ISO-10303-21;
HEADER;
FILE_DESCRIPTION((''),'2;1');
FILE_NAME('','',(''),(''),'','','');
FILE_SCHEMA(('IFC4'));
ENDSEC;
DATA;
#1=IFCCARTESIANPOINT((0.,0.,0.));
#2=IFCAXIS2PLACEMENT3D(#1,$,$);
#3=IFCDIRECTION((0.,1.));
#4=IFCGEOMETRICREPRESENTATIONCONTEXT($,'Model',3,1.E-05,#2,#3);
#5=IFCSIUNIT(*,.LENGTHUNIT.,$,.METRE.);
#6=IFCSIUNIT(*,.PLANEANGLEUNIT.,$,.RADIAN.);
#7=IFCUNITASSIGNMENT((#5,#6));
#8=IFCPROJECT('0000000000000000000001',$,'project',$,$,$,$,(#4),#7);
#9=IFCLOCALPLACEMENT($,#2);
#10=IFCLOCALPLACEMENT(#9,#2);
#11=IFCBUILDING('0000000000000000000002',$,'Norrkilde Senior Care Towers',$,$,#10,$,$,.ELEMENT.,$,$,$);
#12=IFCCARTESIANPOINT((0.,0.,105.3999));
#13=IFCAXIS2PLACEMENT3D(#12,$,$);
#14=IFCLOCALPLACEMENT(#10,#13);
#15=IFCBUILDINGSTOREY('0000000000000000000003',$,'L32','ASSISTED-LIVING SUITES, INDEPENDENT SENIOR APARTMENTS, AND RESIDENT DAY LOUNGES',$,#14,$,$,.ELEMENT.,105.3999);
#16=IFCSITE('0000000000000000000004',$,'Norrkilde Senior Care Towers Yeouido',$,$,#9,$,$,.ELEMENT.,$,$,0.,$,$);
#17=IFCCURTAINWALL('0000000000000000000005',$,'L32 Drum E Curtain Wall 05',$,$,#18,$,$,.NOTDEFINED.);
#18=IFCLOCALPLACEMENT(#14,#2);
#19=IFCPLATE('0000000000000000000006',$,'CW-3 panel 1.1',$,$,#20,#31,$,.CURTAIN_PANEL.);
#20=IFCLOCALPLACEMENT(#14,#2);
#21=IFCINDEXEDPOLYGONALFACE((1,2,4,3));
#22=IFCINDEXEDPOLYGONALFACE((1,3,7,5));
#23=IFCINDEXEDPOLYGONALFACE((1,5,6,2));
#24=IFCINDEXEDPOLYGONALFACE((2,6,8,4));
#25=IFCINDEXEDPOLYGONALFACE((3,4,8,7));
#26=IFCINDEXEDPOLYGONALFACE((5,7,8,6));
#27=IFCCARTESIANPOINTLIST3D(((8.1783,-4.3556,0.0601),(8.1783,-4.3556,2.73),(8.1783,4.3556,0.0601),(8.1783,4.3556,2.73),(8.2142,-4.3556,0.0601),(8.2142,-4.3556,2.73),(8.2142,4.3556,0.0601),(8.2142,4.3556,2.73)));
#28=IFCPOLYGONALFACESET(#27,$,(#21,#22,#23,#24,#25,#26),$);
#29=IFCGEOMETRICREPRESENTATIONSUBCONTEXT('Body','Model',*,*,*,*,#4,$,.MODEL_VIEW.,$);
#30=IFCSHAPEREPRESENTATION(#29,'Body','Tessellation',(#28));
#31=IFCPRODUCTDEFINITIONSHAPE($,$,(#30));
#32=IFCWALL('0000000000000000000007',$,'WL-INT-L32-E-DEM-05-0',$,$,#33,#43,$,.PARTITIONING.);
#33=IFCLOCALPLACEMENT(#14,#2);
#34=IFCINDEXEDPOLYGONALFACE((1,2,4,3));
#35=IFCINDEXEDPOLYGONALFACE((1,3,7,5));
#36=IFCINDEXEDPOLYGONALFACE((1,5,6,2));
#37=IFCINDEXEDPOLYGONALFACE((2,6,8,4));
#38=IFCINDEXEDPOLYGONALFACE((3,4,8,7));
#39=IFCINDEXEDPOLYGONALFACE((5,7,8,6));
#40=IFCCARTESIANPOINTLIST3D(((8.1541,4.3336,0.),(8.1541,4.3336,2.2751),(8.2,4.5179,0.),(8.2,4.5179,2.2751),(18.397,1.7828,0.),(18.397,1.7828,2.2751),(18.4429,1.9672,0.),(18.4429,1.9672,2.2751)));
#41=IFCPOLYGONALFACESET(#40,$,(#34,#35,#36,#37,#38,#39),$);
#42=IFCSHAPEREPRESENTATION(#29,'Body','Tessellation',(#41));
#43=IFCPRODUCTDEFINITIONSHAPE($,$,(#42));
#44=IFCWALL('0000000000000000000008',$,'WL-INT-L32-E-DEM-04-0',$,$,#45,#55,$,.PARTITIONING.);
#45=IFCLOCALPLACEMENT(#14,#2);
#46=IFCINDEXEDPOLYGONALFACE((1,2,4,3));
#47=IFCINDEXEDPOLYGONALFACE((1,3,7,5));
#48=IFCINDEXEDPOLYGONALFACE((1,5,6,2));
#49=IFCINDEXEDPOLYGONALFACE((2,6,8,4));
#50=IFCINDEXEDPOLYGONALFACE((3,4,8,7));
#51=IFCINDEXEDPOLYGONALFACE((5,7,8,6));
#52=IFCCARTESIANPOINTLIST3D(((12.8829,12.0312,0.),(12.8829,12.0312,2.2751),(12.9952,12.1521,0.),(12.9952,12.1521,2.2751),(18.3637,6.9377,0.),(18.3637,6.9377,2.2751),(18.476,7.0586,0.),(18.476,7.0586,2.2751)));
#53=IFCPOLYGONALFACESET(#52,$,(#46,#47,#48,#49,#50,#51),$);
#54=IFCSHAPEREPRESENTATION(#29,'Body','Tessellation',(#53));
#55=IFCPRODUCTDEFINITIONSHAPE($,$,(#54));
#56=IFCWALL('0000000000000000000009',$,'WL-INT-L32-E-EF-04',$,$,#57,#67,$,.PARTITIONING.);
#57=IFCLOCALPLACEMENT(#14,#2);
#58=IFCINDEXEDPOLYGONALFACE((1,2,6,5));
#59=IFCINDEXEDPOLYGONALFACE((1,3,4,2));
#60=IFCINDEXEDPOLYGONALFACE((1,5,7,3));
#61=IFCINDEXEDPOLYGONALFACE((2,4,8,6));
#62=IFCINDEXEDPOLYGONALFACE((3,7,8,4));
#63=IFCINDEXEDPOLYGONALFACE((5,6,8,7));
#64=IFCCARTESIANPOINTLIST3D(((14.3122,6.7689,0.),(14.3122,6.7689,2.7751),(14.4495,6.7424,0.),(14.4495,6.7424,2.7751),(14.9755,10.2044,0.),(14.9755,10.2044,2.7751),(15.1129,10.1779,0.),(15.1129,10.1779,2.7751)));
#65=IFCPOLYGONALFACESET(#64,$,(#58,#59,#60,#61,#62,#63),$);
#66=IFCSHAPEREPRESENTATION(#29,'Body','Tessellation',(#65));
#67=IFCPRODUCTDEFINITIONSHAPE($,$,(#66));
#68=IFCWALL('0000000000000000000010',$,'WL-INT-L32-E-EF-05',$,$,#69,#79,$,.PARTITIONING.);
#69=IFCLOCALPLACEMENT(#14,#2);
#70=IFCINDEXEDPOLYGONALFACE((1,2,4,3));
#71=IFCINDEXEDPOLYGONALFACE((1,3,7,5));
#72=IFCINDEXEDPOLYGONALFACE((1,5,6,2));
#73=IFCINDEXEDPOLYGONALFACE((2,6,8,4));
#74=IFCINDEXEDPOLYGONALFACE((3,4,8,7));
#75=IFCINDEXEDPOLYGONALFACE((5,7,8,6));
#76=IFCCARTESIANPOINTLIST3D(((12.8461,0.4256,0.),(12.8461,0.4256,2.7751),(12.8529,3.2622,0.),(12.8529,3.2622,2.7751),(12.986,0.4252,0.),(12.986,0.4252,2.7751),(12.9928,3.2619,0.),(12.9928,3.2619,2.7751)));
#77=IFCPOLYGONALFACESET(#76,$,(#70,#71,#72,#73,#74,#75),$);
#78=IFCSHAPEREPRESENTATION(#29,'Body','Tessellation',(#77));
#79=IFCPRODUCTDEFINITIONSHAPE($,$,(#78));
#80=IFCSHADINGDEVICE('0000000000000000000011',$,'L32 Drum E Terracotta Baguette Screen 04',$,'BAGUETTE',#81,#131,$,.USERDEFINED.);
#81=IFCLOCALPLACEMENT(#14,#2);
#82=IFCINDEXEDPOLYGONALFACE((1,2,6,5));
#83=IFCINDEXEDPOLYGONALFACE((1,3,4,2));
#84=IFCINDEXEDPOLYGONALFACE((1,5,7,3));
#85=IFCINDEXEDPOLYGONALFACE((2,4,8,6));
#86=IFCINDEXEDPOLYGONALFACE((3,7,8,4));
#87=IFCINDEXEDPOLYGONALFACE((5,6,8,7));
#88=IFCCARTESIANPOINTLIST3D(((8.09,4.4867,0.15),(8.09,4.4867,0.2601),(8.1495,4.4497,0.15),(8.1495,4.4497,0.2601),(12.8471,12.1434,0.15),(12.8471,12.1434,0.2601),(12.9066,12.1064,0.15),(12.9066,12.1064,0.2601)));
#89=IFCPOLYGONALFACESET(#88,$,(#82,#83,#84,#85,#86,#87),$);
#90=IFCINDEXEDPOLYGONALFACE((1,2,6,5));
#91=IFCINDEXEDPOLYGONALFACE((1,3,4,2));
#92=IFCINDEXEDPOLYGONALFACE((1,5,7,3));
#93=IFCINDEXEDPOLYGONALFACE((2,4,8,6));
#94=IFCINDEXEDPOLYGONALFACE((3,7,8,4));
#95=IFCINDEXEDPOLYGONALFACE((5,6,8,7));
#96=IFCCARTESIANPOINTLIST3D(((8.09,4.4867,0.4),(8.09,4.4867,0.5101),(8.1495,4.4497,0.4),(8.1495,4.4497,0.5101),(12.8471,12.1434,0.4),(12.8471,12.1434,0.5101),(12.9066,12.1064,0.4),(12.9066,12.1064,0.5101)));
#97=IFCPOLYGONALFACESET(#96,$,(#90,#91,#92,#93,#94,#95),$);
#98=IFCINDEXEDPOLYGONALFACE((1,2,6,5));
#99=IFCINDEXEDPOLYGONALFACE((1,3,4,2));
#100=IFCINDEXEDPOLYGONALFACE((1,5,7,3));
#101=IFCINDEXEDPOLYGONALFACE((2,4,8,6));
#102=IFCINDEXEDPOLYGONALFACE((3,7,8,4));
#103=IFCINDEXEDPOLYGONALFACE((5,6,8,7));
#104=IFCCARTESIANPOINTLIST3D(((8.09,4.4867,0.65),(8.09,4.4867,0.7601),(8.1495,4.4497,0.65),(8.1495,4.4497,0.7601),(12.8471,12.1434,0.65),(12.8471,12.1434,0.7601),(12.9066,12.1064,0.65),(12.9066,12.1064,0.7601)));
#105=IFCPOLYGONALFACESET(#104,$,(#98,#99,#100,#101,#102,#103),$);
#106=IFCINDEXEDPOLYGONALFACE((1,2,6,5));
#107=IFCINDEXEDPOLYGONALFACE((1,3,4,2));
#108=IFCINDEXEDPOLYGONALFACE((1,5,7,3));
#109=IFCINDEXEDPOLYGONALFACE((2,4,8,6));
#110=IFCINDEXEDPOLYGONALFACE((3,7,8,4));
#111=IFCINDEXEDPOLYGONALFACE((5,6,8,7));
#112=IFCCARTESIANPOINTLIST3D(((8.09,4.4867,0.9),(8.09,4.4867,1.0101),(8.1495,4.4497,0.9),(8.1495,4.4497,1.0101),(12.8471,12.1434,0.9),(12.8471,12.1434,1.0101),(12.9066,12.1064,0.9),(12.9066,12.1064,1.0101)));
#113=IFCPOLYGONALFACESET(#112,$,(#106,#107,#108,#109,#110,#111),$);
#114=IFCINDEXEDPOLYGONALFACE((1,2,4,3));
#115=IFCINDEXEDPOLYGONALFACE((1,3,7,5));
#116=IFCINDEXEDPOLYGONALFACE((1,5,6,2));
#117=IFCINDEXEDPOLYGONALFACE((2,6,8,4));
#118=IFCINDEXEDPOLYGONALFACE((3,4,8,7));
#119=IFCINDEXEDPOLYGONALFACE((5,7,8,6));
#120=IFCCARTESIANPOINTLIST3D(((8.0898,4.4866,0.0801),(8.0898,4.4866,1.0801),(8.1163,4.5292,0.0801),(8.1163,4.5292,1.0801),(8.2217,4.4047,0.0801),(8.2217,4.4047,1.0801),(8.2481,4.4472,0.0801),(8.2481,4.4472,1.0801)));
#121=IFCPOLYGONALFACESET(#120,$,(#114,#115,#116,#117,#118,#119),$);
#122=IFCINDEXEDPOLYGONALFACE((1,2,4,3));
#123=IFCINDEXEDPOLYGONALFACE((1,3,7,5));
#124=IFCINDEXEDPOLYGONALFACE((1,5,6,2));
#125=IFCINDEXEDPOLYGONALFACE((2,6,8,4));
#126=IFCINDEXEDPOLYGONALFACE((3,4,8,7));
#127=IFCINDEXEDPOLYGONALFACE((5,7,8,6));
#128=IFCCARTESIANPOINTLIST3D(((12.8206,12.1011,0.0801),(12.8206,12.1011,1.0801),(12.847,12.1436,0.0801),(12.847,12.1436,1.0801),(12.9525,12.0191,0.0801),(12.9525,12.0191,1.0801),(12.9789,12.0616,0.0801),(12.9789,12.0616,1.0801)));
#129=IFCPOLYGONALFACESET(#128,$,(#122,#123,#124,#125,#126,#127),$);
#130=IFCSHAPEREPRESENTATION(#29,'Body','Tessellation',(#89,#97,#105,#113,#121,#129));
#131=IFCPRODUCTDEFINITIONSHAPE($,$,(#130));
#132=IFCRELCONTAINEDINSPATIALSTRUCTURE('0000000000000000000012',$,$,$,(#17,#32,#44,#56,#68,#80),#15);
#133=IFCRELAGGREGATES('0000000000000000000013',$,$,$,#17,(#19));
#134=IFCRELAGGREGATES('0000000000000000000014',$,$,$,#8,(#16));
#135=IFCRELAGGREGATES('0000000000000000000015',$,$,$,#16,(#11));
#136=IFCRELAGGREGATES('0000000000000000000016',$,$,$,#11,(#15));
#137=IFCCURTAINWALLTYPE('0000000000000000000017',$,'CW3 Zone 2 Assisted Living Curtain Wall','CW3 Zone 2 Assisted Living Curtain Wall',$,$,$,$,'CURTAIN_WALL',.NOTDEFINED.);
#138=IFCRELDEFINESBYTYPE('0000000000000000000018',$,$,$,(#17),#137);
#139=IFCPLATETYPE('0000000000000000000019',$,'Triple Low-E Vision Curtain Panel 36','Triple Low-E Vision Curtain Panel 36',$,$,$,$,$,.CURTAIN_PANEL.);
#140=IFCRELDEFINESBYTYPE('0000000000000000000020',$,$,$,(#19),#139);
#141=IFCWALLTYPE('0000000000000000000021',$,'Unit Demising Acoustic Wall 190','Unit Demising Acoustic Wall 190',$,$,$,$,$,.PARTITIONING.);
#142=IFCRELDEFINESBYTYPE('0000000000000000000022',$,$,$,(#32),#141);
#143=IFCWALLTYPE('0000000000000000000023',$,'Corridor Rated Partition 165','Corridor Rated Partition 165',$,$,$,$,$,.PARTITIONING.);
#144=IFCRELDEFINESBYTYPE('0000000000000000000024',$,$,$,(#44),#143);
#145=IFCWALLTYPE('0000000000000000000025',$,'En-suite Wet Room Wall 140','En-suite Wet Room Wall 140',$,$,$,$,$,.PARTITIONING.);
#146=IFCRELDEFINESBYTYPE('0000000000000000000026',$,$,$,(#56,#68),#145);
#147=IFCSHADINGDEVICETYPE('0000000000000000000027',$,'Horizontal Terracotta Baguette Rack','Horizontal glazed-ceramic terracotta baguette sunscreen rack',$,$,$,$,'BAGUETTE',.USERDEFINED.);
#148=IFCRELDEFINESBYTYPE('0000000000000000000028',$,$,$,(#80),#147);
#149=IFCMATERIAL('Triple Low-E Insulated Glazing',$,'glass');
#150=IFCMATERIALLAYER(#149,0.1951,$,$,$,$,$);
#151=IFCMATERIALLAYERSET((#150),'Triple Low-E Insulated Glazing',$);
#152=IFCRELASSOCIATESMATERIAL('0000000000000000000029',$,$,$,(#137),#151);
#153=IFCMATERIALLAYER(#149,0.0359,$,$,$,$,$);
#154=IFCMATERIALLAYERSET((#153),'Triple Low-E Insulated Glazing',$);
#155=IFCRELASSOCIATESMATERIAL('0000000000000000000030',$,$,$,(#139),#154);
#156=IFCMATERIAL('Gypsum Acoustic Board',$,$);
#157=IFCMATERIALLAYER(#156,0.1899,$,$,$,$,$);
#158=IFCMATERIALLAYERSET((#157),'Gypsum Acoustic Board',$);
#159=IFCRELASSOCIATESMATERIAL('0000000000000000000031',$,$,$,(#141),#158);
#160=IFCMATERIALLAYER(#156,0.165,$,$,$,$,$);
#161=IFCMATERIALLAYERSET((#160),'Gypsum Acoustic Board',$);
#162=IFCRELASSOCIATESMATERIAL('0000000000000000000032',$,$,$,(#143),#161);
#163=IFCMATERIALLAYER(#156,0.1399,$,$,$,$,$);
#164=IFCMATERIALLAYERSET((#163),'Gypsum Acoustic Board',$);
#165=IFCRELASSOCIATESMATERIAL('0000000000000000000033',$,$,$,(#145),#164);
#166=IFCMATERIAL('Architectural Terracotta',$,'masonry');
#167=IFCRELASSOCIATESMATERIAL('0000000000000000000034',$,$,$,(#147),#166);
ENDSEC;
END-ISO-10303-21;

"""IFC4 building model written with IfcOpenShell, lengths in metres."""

from ifc_helpers import new_model, si_unit, direction, frame, frame_2d, origin, origin_2d, place, context, subcontext, project, spatial, rectangle, extrude, source, transform, mapped, material, layer, layer_set, type_object, type_shapes, element, aggregate, save


model = new_model("IFC4")

# Units and contexts
model_context = context("Model", 3, precision=1e-05, world=origin(), true_north=direction((0.0, 1.0)))
body_context = subcontext(model_context, "Body", "Model", "MODEL_VIEW")
ifc_project = project(units=[si_unit("LENGTHUNIT", "METRE"), si_unit("PLANEANGLEUNIT", "RADIAN")], contexts=[model_context])

# Site, building, storey
site_placement = place(None, origin())
site = spatial("IfcSite", under=ifc_project, at=site_placement, Name="Norrkilde Senior Care Towers Yeouido", CompositionType="ELEMENT", RefElevation=0.0)
building_placement = place(site_placement, origin())
building = spatial("IfcBuilding", under=site, at=building_placement, Name="Norrkilde Senior Care Towers", CompositionType="ELEMENT")
storey_placement = place(building_placement, frame((0.0, 0.0, 105.3999)))
storey = spatial("IfcBuildingStorey", under=building, at=storey_placement, Name="L32", Description="ASSISTED-LIVING SUITES, INDEPENDENT SENIOR APARTMENTS, AND RESIDENT DAY LOUNGES", CompositionType="ELEMENT", Elevation=105.3999)

# Shared definitions
ifc_material_1 = material(Name="Triple Low-E Insulated Glazing", Category="glass")
ifc_layer_1 = layer(ifc_material_1, 0.1951)
ifc_layer_set_1 = layer_set([ifc_layer_1], Name="Triple Low-E Insulated Glazing")
curtain_wall_type = type_object("IfcCurtainWallType", Name="CW3 Zone 2 Assisted Living Curtain Wall", Description="CW3 Zone 2 Assisted Living Curtain Wall", ElementType="CURTAIN_WALL", PredefinedType="NOTDEFINED", material=ifc_layer_set_1)

# Curtain wall
curtain_wall_1_placement = place(storey_placement, origin())
curtain_wall_1 = element("IfcCurtainWall", 1, at=curtain_wall_1_placement, inside=storey, type_object=curtain_wall_type, Name="L32 Drum E Curtain Wall 05", PredefinedType="NOTDEFINED")

# Plate
ifc_layer_2 = layer(ifc_material_1, 0.0359)
ifc_layer_set_2 = layer_set([ifc_layer_2], Name="Triple Low-E Insulated Glazing")
plate_type = type_object("IfcPlateType", Name="Triple Low-E Vision Curtain Panel 36", Description="Triple Low-E Vision Curtain Panel 36", PredefinedType="CURTAIN_PANEL", material=ifc_layer_set_2)
shared_shape_1 = source(origin(), body_context, "Body", "SweptSolid", [
    extrude(rectangle(XDim=8.7112, YDim=0.0359, at=origin_2d()), origin(), (0.0, 0.0, 1.0), 2.6699),
])
plate_1_placement = place(storey_placement, frame((8.1963, 0.0, 0.0601), z_axis=(0.0, 0.0, 1.0), x_axis=(0.0, 1.0, 0.0)))
plate_1 = element("IfcPlate", 2, at=plate_1_placement, type_object=plate_type, Name="CW-3 panel 1.1", PredefinedType="CURTAIN_PANEL", context=body_context, shape_type="MappedRepresentation", body=[
    mapped(shared_shape_1, transform((0.0, 0.0, 0.0), x_axis=(1.0, 0.0, 0.0), y_axis=(0.0, 1.0, 0.0), z_axis=(0.0, 0.0, 1.0), scale=1.0)),
])
aggregate(curtain_wall_1, [plate_1])

# Walls
ifc_material_2 = material(Name="Gypsum Acoustic Board")
ifc_layer_3 = layer(ifc_material_2, 0.1899)
ifc_layer_set_3 = layer_set([ifc_layer_3], Name="Gypsum Acoustic Board")
wall_type_1 = type_object("IfcWallType", Name="Unit Demising Acoustic Wall 190", Description="Unit Demising Acoustic Wall 190", PredefinedType="PARTITIONING", material=ifc_layer_set_3)
shared_shape_2 = source(origin(), body_context, "Body", "SweptSolid", [
    extrude(rectangle(XDim=10.5557, YDim=0.1899, at=frame_2d((5.2778, 0.0))), origin(), (0.0, 0.0, 1.0), 2.2751),
])
type_shapes(wall_type_1, [shared_shape_2])
wall_1_placement = place(storey_placement, frame((18.4199, 1.875, 0.0), z_axis=(0.0, 0.0, 1.0), x_axis=(-0.970364, 0.241648, 0.0)))
element("IfcWall", 3, at=wall_1_placement, inside=storey, type_object=wall_type_1, Name="WL-INT-L32-E-DEM-05-0", PredefinedType="PARTITIONING", context=body_context, shape_type="MappedRepresentation", body=[
    mapped(shared_shape_2, transform((0.0, 0.0, 0.0), x_axis=(1.0, 0.0, 0.0), y_axis=(0.0, 1.0, 0.0), z_axis=(0.0, 0.0, 1.0), scale=1.0)),
])
ifc_layer_4 = layer(ifc_material_2, 0.165)
ifc_layer_set_4 = layer_set([ifc_layer_4], Name="Gypsum Acoustic Board")
wall_type_2 = type_object("IfcWallType", Name="Corridor Rated Partition 165", Description="Corridor Rated Partition 165", PredefinedType="PARTITIONING", material=ifc_layer_set_4)
shared_shape_3 = source(origin(), body_context, "Body", "SweptSolid", [
    extrude(rectangle(XDim=7.4822, YDim=0.165, at=frame_2d((3.7412, 0.0))), origin(), (0.0, 0.0, 1.0), 2.2751),
])
type_shapes(wall_type_2, [shared_shape_3])
wall_2_placement = place(storey_placement, frame((18.4199, 6.998, 0.0), z_axis=(0.0, 0.0, 1.0), x_axis=(-0.732509, 0.680758, 0.0)))
element("IfcWall", 4, at=wall_2_placement, inside=storey, type_object=wall_type_2, Name="WL-INT-L32-E-DEM-04-0", PredefinedType="PARTITIONING", context=body_context, shape_type="MappedRepresentation", body=[
    mapped(shared_shape_3, transform((0.0, 0.0, 0.0), x_axis=(1.0, 0.0, 0.0), y_axis=(0.0, 1.0, 0.0), z_axis=(0.0, 0.0, 1.0), scale=1.0)),
])
ifc_layer_5 = layer(ifc_material_2, 0.1399)
ifc_layer_set_5 = layer_set([ifc_layer_5], Name="Gypsum Acoustic Board")
wall_type_3 = type_object("IfcWallType", Name="En-suite Wet Room Wall 140", Description="En-suite Wet Room Wall 140", PredefinedType="PARTITIONING", material=ifc_layer_set_5)
shared_shape_4 = source(origin(), body_context, "Body", "SweptSolid", [
    extrude(rectangle(XDim=3.499, YDim=0.1399, at=frame_2d((1.7495, 0.0))), origin(), (0.0, 0.0, 1.0), 2.7751),
])
wall_3_placement = place(storey_placement, frame((14.3809, 6.7556, 0.0), z_axis=(0.0, 0.0, 1.0), x_axis=(0.189577, 0.981866, 0.0)))
element("IfcWall", 5, at=wall_3_placement, inside=storey, type_object=wall_type_3, Name="WL-INT-L32-E-EF-04", PredefinedType="PARTITIONING", context=body_context, shape_type="MappedRepresentation", body=[
    mapped(shared_shape_4, transform((0.0, 0.0, 0.0), x_axis=(1.0, 0.0, 0.0), y_axis=(0.0, 1.0, 0.0), z_axis=(0.0, 0.0, 1.0), scale=1.0)),
])
shared_shape_5 = source(origin(), body_context, "Body", "SweptSolid", [
    extrude(rectangle(XDim=2.8367, YDim=0.1399, at=frame_2d((1.4185, 0.0))), origin(), (0.0, 0.0, 1.0), 2.7751),
])
type_shapes(wall_type_3, [shared_shape_4, shared_shape_5])
wall_4_placement = place(storey_placement, frame((12.916, 0.4253, 0.0), z_axis=(0.0, 0.0, 1.0), x_axis=(0.00241, 0.999997, 0.0)))
element("IfcWall", 6, at=wall_4_placement, inside=storey, type_object=wall_type_3, Name="WL-INT-L32-E-EF-05", PredefinedType="PARTITIONING", context=body_context, shape_type="MappedRepresentation", body=[
    mapped(shared_shape_5, transform((0.0, 0.0, 0.0), x_axis=(1.0, 0.0, 0.0), y_axis=(0.0, 1.0, 0.0), z_axis=(0.0, 0.0, 1.0), scale=1.0)),
])

# Shading device
ifc_material_3 = material(Name="Architectural Terracotta", Category="masonry")
shading_device_type = type_object("IfcShadingDeviceType", Name="Horizontal Terracotta Baguette Rack", Description="Horizontal glazed-ceramic terracotta baguette sunscreen rack", ElementType="BAGUETTE", PredefinedType="USERDEFINED", material=ifc_material_3)
shared_shape_6 = source(origin(), body_context, "Body", "SweptSolid", [
    extrude(rectangle(XDim=0.0701, YDim=0.1101, at=origin_2d()), frame((0.0, 0.0901, 0.125), z_axis=(1.0, 0.0, 0.0), x_axis=(0.0, 1.0, 0.0)), (0.0, 0.0, 1.0), 9.0142),
    extrude(rectangle(XDim=0.0701, YDim=0.1101, at=origin_2d()), frame((0.0, 0.0901, 0.375), z_axis=(1.0, 0.0, 0.0), x_axis=(0.0, 1.0, 0.0)), (0.0, 0.0, 1.0), 9.0142),
    extrude(rectangle(XDim=0.0701, YDim=0.1101, at=origin_2d()), frame((0.0, 0.0901, 0.625), z_axis=(1.0, 0.0, 0.0), x_axis=(0.0, 1.0, 0.0)), (0.0, 0.0, 1.0), 9.0142),
    extrude(rectangle(XDim=0.0701, YDim=0.1101, at=origin_2d()), frame((0.0, 0.0901, 0.875), z_axis=(1.0, 0.0, 0.0), x_axis=(0.0, 1.0, 0.0)), (0.0, 0.0, 1.0), 9.0142),
    extrude(rectangle(XDim=0.05, YDim=0.1553, at=origin_2d()), frame((0.0249, 0.0476, 0.0)), (0.0, 0.0, 1.0), 1.0),
    extrude(rectangle(XDim=0.05, YDim=0.1553, at=origin_2d()), frame((8.9893, 0.0476, 0.0)), (0.0, 0.0, 1.0), 1.0),
])
type_shapes(shading_device_type, [shared_shape_6])
shading_device_placement = place(storey_placement, frame((8.1963, 4.4207, 0.0801), z_axis=(0.0, 0.0, 1.0), x_axis=(0.527734, 0.849412, 0.0)))
element("IfcShadingDevice", 7, at=shading_device_placement, inside=storey, type_object=shading_device_type, Name="L32 Drum E Terracotta Baguette Screen 04", ObjectType="BAGUETTE", PredefinedType="USERDEFINED", context=body_context, shape_type="MappedRepresentation", body=[
    mapped(shared_shape_6, transform((0.0, 0.0, 0.0), x_axis=(1.0, 0.0, 0.0), y_axis=(0.0, 1.0, 0.0), z_axis=(0.0, 0.0, 1.0), scale=1.0)),
])

save(model, "model.ifc")
